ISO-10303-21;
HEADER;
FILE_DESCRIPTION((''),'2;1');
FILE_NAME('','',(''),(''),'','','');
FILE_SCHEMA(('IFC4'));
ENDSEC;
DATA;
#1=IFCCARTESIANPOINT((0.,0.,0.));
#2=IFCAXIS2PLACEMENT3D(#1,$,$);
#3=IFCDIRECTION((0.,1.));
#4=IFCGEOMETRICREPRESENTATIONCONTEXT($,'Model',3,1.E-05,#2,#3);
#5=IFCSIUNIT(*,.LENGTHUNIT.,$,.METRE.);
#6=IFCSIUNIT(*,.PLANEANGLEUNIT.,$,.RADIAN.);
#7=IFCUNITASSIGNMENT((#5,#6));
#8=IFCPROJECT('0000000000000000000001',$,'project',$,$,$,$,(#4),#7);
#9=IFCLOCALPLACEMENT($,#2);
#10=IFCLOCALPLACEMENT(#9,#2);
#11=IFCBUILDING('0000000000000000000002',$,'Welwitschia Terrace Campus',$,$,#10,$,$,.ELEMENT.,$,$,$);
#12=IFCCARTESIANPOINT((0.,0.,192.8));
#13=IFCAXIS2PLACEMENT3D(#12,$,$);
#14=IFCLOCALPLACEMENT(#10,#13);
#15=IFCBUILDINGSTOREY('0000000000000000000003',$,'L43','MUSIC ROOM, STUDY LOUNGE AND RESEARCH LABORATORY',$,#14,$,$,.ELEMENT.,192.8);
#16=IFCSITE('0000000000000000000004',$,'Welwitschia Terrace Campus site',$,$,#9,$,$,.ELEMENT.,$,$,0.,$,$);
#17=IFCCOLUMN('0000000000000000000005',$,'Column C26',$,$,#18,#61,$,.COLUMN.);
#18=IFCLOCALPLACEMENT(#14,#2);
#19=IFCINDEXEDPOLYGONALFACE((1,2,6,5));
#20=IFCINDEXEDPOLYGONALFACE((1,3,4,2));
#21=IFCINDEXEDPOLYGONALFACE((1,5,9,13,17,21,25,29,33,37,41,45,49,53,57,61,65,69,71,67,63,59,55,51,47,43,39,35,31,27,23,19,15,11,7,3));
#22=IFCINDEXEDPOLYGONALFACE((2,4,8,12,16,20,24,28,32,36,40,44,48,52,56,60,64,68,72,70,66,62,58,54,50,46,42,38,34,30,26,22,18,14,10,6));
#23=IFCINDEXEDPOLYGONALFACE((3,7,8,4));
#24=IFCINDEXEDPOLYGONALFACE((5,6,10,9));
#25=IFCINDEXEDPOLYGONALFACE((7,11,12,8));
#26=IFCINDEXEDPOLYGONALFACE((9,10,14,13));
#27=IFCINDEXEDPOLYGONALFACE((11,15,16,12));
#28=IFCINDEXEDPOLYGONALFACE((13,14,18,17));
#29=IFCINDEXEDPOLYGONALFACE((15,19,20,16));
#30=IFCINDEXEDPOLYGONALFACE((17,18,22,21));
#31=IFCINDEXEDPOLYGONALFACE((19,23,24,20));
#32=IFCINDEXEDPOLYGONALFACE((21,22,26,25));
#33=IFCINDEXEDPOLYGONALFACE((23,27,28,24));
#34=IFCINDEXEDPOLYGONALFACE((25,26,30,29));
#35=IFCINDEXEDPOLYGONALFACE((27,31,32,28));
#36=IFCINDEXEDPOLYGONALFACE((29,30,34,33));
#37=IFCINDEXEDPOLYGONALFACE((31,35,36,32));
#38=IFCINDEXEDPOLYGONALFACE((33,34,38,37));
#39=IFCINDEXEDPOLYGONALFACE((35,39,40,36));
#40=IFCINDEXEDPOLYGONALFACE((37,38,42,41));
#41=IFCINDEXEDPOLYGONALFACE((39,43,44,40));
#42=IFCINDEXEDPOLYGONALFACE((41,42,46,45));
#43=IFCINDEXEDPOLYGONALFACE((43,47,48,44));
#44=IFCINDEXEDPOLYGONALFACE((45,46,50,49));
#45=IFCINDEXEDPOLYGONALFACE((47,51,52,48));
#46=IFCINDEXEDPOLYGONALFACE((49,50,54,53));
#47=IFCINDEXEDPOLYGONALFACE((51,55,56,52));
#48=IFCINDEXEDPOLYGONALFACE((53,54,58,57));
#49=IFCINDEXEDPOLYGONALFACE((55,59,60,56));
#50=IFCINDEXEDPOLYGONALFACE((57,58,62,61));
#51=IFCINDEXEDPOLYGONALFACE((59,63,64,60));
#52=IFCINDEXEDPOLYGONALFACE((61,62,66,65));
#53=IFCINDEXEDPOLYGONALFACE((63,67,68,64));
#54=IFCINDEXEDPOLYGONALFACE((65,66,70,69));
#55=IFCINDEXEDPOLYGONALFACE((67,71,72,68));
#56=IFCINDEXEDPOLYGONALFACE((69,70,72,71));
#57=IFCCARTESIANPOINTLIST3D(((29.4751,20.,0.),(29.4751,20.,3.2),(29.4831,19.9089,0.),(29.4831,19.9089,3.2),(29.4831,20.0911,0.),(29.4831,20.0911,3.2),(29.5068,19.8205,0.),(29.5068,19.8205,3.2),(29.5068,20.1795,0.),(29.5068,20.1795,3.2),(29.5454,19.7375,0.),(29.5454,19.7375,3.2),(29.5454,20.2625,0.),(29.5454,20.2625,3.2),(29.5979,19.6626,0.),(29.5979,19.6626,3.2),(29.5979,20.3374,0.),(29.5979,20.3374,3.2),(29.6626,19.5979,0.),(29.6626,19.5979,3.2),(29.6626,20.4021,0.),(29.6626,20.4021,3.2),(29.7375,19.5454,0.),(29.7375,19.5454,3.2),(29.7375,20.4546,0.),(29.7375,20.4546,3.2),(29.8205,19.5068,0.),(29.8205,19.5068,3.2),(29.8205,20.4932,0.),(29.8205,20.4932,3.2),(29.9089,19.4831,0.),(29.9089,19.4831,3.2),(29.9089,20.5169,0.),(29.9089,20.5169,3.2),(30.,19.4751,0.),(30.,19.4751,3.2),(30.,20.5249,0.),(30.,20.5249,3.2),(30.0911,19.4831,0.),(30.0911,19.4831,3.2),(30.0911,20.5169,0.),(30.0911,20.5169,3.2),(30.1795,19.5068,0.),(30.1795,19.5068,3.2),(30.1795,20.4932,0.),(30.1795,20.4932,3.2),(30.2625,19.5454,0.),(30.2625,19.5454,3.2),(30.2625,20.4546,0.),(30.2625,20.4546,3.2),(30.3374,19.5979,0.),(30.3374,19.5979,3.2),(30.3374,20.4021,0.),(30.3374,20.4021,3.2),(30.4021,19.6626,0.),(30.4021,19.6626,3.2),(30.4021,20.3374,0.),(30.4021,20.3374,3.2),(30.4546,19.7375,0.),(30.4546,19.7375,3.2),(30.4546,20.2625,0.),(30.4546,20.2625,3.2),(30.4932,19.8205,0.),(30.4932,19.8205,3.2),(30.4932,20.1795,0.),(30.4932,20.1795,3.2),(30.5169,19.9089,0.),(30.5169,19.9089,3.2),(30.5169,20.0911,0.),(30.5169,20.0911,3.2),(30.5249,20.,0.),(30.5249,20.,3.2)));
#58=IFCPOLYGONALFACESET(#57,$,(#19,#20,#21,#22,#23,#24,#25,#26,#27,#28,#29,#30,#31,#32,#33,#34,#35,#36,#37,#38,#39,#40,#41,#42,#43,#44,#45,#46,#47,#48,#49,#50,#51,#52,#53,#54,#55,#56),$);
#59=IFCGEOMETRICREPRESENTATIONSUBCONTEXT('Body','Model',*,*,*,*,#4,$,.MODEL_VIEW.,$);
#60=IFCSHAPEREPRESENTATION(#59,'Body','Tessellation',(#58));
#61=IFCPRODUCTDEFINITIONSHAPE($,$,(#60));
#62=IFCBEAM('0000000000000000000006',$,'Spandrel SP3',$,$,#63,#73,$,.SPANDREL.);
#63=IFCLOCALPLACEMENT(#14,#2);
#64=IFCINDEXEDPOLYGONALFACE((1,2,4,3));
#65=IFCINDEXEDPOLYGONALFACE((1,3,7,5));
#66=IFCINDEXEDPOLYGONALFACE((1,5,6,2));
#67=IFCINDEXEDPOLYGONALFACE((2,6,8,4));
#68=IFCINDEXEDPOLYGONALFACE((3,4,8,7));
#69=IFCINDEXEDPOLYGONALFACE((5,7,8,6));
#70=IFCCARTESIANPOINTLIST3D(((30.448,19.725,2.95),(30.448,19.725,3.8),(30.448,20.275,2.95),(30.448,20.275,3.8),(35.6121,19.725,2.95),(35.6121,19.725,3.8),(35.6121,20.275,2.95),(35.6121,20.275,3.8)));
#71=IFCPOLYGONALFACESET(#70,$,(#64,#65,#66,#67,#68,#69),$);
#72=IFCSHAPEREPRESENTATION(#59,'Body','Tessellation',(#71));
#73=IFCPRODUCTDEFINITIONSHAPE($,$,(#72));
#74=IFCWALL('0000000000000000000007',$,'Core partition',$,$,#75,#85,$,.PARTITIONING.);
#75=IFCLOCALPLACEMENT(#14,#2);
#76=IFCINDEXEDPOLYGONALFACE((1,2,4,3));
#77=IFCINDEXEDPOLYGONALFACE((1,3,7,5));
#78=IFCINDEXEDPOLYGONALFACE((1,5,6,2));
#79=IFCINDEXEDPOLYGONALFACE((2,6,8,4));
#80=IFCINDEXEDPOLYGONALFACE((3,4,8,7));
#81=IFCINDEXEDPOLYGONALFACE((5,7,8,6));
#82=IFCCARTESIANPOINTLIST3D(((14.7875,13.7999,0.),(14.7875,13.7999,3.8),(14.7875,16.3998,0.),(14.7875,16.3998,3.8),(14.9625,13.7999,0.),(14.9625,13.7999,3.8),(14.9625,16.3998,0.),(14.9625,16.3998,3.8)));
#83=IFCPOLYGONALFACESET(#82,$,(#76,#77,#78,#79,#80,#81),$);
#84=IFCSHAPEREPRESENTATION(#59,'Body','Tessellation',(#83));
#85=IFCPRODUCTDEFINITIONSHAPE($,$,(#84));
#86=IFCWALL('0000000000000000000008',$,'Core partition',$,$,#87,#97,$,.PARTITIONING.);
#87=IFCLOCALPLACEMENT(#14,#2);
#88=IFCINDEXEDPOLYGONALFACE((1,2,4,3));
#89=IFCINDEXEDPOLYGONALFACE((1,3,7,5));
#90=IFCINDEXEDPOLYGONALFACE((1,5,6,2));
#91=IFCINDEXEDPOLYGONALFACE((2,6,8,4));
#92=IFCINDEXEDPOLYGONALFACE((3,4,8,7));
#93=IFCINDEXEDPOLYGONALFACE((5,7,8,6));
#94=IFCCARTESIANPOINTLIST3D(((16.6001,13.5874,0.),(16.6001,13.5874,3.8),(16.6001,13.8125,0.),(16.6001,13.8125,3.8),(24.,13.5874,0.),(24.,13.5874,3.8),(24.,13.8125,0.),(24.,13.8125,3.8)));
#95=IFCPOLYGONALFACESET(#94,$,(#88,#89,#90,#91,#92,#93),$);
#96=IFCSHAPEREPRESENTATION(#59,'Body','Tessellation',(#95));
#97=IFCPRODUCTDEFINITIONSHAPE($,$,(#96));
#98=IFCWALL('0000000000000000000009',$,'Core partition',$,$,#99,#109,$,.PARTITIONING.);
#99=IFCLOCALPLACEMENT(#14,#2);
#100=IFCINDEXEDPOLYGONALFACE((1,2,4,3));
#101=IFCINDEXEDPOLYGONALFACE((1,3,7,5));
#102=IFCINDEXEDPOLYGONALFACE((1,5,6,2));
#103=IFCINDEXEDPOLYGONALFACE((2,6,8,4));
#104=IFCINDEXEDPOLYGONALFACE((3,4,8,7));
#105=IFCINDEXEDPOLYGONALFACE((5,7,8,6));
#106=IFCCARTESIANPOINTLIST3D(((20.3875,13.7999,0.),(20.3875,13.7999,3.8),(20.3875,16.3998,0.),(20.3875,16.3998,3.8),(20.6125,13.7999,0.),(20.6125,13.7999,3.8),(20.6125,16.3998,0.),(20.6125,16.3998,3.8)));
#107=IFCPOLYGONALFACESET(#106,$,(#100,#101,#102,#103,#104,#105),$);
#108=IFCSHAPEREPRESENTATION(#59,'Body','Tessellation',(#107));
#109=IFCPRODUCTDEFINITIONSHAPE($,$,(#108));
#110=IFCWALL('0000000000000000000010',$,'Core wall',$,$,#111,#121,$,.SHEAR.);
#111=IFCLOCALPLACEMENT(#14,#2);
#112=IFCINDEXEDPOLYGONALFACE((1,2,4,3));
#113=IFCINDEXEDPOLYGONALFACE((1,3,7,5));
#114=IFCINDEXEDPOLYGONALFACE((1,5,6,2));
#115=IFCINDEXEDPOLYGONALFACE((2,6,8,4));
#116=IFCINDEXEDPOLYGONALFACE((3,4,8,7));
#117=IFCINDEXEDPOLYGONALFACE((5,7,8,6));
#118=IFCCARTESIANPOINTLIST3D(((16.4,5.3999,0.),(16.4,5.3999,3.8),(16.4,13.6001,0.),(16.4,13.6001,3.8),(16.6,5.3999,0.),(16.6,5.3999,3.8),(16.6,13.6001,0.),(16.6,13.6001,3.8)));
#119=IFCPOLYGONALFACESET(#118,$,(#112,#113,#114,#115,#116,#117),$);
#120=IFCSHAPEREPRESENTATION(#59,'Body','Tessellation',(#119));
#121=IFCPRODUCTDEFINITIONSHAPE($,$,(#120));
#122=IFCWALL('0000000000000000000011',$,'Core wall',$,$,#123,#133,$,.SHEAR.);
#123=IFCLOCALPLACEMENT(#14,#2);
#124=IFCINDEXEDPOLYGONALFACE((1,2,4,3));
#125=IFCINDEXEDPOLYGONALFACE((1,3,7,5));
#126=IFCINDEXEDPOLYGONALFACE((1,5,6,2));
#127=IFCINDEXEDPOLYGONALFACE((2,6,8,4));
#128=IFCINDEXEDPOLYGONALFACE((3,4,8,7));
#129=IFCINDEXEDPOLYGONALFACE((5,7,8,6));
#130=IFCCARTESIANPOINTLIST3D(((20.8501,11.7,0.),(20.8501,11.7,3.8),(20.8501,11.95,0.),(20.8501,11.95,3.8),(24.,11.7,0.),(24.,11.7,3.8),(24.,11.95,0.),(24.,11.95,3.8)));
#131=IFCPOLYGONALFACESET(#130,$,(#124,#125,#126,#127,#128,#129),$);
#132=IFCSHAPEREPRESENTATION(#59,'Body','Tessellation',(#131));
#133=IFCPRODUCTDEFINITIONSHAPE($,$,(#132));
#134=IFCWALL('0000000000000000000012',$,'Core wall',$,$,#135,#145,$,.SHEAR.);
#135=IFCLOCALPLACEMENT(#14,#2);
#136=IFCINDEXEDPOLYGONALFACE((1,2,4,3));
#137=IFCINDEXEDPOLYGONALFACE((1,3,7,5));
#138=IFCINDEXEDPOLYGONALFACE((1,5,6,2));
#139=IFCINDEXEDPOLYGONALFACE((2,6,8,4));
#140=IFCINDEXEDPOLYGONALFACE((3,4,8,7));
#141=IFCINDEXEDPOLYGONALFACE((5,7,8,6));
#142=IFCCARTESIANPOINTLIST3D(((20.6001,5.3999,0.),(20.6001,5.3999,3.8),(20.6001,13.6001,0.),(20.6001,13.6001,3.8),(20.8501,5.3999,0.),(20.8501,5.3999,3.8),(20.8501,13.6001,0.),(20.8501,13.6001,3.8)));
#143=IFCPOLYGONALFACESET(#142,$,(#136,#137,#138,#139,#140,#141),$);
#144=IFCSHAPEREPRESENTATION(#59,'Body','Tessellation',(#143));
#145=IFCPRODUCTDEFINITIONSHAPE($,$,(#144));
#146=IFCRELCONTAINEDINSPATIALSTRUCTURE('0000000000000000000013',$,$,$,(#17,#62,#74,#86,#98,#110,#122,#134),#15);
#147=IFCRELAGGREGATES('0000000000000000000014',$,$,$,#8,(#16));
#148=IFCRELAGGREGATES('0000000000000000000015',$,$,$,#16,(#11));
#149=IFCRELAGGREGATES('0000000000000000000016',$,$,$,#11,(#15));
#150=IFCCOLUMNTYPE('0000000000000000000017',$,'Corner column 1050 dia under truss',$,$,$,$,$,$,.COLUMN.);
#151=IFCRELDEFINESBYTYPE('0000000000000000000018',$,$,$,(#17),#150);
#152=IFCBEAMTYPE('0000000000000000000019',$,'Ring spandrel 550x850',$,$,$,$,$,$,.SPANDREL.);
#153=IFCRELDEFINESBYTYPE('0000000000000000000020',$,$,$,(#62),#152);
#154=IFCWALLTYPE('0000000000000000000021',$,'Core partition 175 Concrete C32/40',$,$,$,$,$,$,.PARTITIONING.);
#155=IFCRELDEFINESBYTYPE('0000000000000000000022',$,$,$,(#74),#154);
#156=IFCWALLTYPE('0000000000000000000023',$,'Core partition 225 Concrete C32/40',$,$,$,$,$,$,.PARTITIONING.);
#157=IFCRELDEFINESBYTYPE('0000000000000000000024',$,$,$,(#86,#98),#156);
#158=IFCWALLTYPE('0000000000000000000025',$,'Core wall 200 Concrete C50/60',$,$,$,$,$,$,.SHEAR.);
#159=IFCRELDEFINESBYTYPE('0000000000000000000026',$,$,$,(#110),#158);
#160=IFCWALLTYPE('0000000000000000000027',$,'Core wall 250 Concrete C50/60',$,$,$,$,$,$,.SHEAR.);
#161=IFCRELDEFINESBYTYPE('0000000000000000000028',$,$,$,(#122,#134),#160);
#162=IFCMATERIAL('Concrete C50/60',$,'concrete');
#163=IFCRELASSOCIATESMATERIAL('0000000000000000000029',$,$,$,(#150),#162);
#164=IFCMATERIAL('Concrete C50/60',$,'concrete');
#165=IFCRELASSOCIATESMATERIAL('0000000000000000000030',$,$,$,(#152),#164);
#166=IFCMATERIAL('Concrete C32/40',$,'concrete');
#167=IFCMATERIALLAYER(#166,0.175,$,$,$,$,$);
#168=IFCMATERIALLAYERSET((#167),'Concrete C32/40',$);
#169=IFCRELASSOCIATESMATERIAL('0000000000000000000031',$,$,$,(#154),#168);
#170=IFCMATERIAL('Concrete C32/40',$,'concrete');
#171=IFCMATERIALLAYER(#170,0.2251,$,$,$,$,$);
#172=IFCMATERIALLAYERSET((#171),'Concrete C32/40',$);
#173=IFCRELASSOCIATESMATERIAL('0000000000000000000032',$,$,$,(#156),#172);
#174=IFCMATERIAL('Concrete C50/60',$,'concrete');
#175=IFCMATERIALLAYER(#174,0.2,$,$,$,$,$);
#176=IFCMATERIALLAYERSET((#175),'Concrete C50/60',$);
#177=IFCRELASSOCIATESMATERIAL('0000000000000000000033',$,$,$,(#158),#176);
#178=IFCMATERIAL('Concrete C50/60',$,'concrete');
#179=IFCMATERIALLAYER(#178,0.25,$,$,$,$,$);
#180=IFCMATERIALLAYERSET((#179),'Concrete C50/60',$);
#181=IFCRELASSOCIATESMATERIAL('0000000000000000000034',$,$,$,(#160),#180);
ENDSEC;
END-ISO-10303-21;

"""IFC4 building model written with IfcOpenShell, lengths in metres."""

from ifc_helpers import new_model, si_unit, direction, frame, frame_2d, origin, origin_2d, place, context, subcontext, project, spatial, rectangle, circle, extrude, material, layer, layer_set, material_profile, profile_set, type_object, element, save


model = new_model("IFC4")

# Units and contexts
model_context = context("Model", 3, precision=1e-05, world=origin(), true_north=direction((0.0, 1.0)))
body_context = subcontext(model_context, "Body", "Model", "MODEL_VIEW")
ifc_project = project(units=[si_unit("LENGTHUNIT", "METRE"), si_unit("PLANEANGLEUNIT", "RADIAN")], contexts=[model_context])

# Site, building, storey
site_placement = place(None, origin())
site = spatial("IfcSite", under=ifc_project, at=site_placement, Name="Welwitschia Terrace Campus site", CompositionType="ELEMENT", RefElevation=0.0)
building_placement = place(site_placement, origin())
building = spatial("IfcBuilding", under=site, at=building_placement, Name="Welwitschia Terrace Campus", CompositionType="ELEMENT")
storey_placement = place(building_placement, frame((0.0, 0.0, 192.8)))
storey = spatial("IfcBuildingStorey", under=building, at=storey_placement, Name="L43", Description="MUSIC ROOM, STUDY LOUNGE AND RESEARCH LABORATORY", CompositionType="ELEMENT", Elevation=192.8)

# Column
ifc_material_1 = material(Name="Concrete C50/60", Category="concrete")
ifc_material_profile_1 = material_profile(ifc_material_1, circle(Radius=0.5249, at=origin_2d()))
ifc_profile_set_1 = profile_set([ifc_material_profile_1], Name="Concrete C50/60")
column_type = type_object("IfcColumnType", Name="Corner column 1050 dia under truss", PredefinedType="COLUMN", material=ifc_profile_set_1)
column_placement = place(storey_placement, frame((30.0, 20.0, 0.0), z_axis=(0.0, 0.0, 1.0), x_axis=(1.0, 0.0, 0.0)))
element("IfcColumn", 1, at=column_placement, inside=storey, type_object=column_type, Name="Column C26", PredefinedType="COLUMN", context=body_context, shape_type="SweptSolid", body=[
    extrude(circle(Radius=0.5249, at=origin_2d()), origin(), (0.0, 0.0, 1.0), 3.2),
])

# Beam
ifc_material_2 = material(Name="Concrete C50/60", Category="concrete")
ifc_material_profile_2 = material_profile(ifc_material_2, rectangle(XDim=0.55, YDim=0.8501, at=origin_2d()))
ifc_profile_set_2 = profile_set([ifc_material_profile_2], Name="Concrete C50/60")
beam_type = type_object("IfcBeamType", Name="Ring spandrel 550x850", PredefinedType="SPANDREL", material=ifc_profile_set_2)
beam_placement = place(storey_placement, frame((35.6121, 20.0, 3.375), z_axis=(-1.0, 0.0, 0.0), x_axis=(0.0, -1.0, 0.0)))
element("IfcBeam", 2, at=beam_placement, inside=storey, type_object=beam_type, Name="Spandrel SP3", PredefinedType="SPANDREL", context=body_context, shape_type="SweptSolid", body=[
    extrude(rectangle(XDim=0.55, YDim=0.8501, at=origin_2d()), origin(), (0.0, 0.0, 1.0), 5.1641),
])

# Walls
ifc_material_3 = material(Name="Concrete C32/40", Category="concrete")
ifc_layer_1 = layer(ifc_material_3, 0.175)
ifc_layer_set_1 = layer_set([ifc_layer_1], Name="Concrete C32/40")
wall_type_1 = type_object("IfcWallType", Name="Core partition 175 Concrete C32/40", PredefinedType="PARTITIONING", material=ifc_layer_set_1)
wall_1_placement = place(storey_placement, frame((14.875, 13.8, 0.0), z_axis=(0.0, 0.0, 1.0), x_axis=(0.0, 1.0, 0.0)))
element("IfcWall", 3, at=wall_1_placement, inside=storey, type_object=wall_type_1, Name="Core partition", PredefinedType="PARTITIONING", context=body_context, shape_type="SweptSolid", body=[
    extrude(rectangle(XDim=2.5999, YDim=0.175, at=frame_2d((1.2998, 0.0))), origin(), (0.0, 0.0, 1.0), 3.8),
])
ifc_material_4 = material(Name="Concrete C32/40", Category="concrete")
ifc_layer_2 = layer(ifc_material_4, 0.2251)
ifc_layer_set_2 = layer_set([ifc_layer_2], Name="Concrete C32/40")
wall_type_2 = type_object("IfcWallType", Name="Core partition 225 Concrete C32/40", PredefinedType="PARTITIONING", material=ifc_layer_set_2)
wall_2_placement = place(storey_placement, frame((16.6001, 13.7, 0.0), z_axis=(0.0, 0.0, 1.0), x_axis=(1.0, 0.0, 0.0)))
element("IfcWall", 4, at=wall_2_placement, inside=storey, type_object=wall_type_2, Name="Core partition", PredefinedType="PARTITIONING", context=body_context, shape_type="SweptSolid", body=[
    extrude(rectangle(XDim=7.3999, YDim=0.2251, at=frame_2d((3.7, 0.0))), origin(), (0.0, 0.0, 1.0), 3.8),
])
wall_3_placement = place(storey_placement, frame((20.5, 13.8, 0.0), z_axis=(0.0, 0.0, 1.0), x_axis=(0.0, 1.0, 0.0)))
element("IfcWall", 5, at=wall_3_placement, inside=storey, type_object=wall_type_2, Name="Core partition", PredefinedType="PARTITIONING", context=body_context, shape_type="SweptSolid", body=[
    extrude(rectangle(XDim=2.5999, YDim=0.2251, at=frame_2d((1.2998, 0.0))), origin(), (0.0, 0.0, 1.0), 3.8),
])
ifc_material_5 = material(Name="Concrete C50/60", Category="concrete")
ifc_layer_3 = layer(ifc_material_5, 0.2)
ifc_layer_set_3 = layer_set([ifc_layer_3], Name="Concrete C50/60")
wall_type_3 = type_object("IfcWallType", Name="Core wall 200 Concrete C50/60", PredefinedType="SHEAR", material=ifc_layer_set_3)
wall_4_placement = place(storey_placement, frame((16.5, 5.3999, 0.0), z_axis=(0.0, 0.0, 1.0), x_axis=(0.0, 1.0, 0.0)))
element("IfcWall", 6, at=wall_4_placement, inside=storey, type_object=wall_type_3, Name="Core wall", PredefinedType="SHEAR", context=body_context, shape_type="SweptSolid", body=[
    extrude(rectangle(XDim=8.2002, YDim=0.2, at=frame_2d((4.1001, 0.0))), origin(), (0.0, 0.0, 1.0), 3.8),
])
ifc_material_6 = material(Name="Concrete C50/60", Category="concrete")
ifc_layer_4 = layer(ifc_material_6, 0.25)
ifc_layer_set_4 = layer_set([ifc_layer_4], Name="Concrete C50/60")
wall_type_4 = type_object("IfcWallType", Name="Core wall 250 Concrete C50/60", PredefinedType="SHEAR", material=ifc_layer_set_4)
wall_5_placement = place(storey_placement, frame((20.8501, 11.825, 0.0), z_axis=(0.0, 0.0, 1.0), x_axis=(1.0, 0.0, 0.0)))
element("IfcWall", 7, at=wall_5_placement, inside=storey, type_object=wall_type_4, Name="Core wall", PredefinedType="SHEAR", context=body_context, shape_type="SweptSolid", body=[
    extrude(rectangle(XDim=3.1499, YDim=0.25, at=frame_2d((1.575, 0.0))), origin(), (0.0, 0.0, 1.0), 3.8),
])
wall_6_placement = place(storey_placement, frame((20.7251, 5.3999, 0.0), z_axis=(0.0, 0.0, 1.0), x_axis=(0.0, 1.0, 0.0)))
element("IfcWall", 8, at=wall_6_placement, inside=storey, type_object=wall_type_4, Name="Core wall", PredefinedType="SHEAR", context=body_context, shape_type="SweptSolid", body=[
    extrude(rectangle(XDim=8.2002, YDim=0.25, at=frame_2d((4.1001, 0.0))), origin(), (0.0, 0.0, 1.0), 3.8),
])

save(model, "model.ifc")
